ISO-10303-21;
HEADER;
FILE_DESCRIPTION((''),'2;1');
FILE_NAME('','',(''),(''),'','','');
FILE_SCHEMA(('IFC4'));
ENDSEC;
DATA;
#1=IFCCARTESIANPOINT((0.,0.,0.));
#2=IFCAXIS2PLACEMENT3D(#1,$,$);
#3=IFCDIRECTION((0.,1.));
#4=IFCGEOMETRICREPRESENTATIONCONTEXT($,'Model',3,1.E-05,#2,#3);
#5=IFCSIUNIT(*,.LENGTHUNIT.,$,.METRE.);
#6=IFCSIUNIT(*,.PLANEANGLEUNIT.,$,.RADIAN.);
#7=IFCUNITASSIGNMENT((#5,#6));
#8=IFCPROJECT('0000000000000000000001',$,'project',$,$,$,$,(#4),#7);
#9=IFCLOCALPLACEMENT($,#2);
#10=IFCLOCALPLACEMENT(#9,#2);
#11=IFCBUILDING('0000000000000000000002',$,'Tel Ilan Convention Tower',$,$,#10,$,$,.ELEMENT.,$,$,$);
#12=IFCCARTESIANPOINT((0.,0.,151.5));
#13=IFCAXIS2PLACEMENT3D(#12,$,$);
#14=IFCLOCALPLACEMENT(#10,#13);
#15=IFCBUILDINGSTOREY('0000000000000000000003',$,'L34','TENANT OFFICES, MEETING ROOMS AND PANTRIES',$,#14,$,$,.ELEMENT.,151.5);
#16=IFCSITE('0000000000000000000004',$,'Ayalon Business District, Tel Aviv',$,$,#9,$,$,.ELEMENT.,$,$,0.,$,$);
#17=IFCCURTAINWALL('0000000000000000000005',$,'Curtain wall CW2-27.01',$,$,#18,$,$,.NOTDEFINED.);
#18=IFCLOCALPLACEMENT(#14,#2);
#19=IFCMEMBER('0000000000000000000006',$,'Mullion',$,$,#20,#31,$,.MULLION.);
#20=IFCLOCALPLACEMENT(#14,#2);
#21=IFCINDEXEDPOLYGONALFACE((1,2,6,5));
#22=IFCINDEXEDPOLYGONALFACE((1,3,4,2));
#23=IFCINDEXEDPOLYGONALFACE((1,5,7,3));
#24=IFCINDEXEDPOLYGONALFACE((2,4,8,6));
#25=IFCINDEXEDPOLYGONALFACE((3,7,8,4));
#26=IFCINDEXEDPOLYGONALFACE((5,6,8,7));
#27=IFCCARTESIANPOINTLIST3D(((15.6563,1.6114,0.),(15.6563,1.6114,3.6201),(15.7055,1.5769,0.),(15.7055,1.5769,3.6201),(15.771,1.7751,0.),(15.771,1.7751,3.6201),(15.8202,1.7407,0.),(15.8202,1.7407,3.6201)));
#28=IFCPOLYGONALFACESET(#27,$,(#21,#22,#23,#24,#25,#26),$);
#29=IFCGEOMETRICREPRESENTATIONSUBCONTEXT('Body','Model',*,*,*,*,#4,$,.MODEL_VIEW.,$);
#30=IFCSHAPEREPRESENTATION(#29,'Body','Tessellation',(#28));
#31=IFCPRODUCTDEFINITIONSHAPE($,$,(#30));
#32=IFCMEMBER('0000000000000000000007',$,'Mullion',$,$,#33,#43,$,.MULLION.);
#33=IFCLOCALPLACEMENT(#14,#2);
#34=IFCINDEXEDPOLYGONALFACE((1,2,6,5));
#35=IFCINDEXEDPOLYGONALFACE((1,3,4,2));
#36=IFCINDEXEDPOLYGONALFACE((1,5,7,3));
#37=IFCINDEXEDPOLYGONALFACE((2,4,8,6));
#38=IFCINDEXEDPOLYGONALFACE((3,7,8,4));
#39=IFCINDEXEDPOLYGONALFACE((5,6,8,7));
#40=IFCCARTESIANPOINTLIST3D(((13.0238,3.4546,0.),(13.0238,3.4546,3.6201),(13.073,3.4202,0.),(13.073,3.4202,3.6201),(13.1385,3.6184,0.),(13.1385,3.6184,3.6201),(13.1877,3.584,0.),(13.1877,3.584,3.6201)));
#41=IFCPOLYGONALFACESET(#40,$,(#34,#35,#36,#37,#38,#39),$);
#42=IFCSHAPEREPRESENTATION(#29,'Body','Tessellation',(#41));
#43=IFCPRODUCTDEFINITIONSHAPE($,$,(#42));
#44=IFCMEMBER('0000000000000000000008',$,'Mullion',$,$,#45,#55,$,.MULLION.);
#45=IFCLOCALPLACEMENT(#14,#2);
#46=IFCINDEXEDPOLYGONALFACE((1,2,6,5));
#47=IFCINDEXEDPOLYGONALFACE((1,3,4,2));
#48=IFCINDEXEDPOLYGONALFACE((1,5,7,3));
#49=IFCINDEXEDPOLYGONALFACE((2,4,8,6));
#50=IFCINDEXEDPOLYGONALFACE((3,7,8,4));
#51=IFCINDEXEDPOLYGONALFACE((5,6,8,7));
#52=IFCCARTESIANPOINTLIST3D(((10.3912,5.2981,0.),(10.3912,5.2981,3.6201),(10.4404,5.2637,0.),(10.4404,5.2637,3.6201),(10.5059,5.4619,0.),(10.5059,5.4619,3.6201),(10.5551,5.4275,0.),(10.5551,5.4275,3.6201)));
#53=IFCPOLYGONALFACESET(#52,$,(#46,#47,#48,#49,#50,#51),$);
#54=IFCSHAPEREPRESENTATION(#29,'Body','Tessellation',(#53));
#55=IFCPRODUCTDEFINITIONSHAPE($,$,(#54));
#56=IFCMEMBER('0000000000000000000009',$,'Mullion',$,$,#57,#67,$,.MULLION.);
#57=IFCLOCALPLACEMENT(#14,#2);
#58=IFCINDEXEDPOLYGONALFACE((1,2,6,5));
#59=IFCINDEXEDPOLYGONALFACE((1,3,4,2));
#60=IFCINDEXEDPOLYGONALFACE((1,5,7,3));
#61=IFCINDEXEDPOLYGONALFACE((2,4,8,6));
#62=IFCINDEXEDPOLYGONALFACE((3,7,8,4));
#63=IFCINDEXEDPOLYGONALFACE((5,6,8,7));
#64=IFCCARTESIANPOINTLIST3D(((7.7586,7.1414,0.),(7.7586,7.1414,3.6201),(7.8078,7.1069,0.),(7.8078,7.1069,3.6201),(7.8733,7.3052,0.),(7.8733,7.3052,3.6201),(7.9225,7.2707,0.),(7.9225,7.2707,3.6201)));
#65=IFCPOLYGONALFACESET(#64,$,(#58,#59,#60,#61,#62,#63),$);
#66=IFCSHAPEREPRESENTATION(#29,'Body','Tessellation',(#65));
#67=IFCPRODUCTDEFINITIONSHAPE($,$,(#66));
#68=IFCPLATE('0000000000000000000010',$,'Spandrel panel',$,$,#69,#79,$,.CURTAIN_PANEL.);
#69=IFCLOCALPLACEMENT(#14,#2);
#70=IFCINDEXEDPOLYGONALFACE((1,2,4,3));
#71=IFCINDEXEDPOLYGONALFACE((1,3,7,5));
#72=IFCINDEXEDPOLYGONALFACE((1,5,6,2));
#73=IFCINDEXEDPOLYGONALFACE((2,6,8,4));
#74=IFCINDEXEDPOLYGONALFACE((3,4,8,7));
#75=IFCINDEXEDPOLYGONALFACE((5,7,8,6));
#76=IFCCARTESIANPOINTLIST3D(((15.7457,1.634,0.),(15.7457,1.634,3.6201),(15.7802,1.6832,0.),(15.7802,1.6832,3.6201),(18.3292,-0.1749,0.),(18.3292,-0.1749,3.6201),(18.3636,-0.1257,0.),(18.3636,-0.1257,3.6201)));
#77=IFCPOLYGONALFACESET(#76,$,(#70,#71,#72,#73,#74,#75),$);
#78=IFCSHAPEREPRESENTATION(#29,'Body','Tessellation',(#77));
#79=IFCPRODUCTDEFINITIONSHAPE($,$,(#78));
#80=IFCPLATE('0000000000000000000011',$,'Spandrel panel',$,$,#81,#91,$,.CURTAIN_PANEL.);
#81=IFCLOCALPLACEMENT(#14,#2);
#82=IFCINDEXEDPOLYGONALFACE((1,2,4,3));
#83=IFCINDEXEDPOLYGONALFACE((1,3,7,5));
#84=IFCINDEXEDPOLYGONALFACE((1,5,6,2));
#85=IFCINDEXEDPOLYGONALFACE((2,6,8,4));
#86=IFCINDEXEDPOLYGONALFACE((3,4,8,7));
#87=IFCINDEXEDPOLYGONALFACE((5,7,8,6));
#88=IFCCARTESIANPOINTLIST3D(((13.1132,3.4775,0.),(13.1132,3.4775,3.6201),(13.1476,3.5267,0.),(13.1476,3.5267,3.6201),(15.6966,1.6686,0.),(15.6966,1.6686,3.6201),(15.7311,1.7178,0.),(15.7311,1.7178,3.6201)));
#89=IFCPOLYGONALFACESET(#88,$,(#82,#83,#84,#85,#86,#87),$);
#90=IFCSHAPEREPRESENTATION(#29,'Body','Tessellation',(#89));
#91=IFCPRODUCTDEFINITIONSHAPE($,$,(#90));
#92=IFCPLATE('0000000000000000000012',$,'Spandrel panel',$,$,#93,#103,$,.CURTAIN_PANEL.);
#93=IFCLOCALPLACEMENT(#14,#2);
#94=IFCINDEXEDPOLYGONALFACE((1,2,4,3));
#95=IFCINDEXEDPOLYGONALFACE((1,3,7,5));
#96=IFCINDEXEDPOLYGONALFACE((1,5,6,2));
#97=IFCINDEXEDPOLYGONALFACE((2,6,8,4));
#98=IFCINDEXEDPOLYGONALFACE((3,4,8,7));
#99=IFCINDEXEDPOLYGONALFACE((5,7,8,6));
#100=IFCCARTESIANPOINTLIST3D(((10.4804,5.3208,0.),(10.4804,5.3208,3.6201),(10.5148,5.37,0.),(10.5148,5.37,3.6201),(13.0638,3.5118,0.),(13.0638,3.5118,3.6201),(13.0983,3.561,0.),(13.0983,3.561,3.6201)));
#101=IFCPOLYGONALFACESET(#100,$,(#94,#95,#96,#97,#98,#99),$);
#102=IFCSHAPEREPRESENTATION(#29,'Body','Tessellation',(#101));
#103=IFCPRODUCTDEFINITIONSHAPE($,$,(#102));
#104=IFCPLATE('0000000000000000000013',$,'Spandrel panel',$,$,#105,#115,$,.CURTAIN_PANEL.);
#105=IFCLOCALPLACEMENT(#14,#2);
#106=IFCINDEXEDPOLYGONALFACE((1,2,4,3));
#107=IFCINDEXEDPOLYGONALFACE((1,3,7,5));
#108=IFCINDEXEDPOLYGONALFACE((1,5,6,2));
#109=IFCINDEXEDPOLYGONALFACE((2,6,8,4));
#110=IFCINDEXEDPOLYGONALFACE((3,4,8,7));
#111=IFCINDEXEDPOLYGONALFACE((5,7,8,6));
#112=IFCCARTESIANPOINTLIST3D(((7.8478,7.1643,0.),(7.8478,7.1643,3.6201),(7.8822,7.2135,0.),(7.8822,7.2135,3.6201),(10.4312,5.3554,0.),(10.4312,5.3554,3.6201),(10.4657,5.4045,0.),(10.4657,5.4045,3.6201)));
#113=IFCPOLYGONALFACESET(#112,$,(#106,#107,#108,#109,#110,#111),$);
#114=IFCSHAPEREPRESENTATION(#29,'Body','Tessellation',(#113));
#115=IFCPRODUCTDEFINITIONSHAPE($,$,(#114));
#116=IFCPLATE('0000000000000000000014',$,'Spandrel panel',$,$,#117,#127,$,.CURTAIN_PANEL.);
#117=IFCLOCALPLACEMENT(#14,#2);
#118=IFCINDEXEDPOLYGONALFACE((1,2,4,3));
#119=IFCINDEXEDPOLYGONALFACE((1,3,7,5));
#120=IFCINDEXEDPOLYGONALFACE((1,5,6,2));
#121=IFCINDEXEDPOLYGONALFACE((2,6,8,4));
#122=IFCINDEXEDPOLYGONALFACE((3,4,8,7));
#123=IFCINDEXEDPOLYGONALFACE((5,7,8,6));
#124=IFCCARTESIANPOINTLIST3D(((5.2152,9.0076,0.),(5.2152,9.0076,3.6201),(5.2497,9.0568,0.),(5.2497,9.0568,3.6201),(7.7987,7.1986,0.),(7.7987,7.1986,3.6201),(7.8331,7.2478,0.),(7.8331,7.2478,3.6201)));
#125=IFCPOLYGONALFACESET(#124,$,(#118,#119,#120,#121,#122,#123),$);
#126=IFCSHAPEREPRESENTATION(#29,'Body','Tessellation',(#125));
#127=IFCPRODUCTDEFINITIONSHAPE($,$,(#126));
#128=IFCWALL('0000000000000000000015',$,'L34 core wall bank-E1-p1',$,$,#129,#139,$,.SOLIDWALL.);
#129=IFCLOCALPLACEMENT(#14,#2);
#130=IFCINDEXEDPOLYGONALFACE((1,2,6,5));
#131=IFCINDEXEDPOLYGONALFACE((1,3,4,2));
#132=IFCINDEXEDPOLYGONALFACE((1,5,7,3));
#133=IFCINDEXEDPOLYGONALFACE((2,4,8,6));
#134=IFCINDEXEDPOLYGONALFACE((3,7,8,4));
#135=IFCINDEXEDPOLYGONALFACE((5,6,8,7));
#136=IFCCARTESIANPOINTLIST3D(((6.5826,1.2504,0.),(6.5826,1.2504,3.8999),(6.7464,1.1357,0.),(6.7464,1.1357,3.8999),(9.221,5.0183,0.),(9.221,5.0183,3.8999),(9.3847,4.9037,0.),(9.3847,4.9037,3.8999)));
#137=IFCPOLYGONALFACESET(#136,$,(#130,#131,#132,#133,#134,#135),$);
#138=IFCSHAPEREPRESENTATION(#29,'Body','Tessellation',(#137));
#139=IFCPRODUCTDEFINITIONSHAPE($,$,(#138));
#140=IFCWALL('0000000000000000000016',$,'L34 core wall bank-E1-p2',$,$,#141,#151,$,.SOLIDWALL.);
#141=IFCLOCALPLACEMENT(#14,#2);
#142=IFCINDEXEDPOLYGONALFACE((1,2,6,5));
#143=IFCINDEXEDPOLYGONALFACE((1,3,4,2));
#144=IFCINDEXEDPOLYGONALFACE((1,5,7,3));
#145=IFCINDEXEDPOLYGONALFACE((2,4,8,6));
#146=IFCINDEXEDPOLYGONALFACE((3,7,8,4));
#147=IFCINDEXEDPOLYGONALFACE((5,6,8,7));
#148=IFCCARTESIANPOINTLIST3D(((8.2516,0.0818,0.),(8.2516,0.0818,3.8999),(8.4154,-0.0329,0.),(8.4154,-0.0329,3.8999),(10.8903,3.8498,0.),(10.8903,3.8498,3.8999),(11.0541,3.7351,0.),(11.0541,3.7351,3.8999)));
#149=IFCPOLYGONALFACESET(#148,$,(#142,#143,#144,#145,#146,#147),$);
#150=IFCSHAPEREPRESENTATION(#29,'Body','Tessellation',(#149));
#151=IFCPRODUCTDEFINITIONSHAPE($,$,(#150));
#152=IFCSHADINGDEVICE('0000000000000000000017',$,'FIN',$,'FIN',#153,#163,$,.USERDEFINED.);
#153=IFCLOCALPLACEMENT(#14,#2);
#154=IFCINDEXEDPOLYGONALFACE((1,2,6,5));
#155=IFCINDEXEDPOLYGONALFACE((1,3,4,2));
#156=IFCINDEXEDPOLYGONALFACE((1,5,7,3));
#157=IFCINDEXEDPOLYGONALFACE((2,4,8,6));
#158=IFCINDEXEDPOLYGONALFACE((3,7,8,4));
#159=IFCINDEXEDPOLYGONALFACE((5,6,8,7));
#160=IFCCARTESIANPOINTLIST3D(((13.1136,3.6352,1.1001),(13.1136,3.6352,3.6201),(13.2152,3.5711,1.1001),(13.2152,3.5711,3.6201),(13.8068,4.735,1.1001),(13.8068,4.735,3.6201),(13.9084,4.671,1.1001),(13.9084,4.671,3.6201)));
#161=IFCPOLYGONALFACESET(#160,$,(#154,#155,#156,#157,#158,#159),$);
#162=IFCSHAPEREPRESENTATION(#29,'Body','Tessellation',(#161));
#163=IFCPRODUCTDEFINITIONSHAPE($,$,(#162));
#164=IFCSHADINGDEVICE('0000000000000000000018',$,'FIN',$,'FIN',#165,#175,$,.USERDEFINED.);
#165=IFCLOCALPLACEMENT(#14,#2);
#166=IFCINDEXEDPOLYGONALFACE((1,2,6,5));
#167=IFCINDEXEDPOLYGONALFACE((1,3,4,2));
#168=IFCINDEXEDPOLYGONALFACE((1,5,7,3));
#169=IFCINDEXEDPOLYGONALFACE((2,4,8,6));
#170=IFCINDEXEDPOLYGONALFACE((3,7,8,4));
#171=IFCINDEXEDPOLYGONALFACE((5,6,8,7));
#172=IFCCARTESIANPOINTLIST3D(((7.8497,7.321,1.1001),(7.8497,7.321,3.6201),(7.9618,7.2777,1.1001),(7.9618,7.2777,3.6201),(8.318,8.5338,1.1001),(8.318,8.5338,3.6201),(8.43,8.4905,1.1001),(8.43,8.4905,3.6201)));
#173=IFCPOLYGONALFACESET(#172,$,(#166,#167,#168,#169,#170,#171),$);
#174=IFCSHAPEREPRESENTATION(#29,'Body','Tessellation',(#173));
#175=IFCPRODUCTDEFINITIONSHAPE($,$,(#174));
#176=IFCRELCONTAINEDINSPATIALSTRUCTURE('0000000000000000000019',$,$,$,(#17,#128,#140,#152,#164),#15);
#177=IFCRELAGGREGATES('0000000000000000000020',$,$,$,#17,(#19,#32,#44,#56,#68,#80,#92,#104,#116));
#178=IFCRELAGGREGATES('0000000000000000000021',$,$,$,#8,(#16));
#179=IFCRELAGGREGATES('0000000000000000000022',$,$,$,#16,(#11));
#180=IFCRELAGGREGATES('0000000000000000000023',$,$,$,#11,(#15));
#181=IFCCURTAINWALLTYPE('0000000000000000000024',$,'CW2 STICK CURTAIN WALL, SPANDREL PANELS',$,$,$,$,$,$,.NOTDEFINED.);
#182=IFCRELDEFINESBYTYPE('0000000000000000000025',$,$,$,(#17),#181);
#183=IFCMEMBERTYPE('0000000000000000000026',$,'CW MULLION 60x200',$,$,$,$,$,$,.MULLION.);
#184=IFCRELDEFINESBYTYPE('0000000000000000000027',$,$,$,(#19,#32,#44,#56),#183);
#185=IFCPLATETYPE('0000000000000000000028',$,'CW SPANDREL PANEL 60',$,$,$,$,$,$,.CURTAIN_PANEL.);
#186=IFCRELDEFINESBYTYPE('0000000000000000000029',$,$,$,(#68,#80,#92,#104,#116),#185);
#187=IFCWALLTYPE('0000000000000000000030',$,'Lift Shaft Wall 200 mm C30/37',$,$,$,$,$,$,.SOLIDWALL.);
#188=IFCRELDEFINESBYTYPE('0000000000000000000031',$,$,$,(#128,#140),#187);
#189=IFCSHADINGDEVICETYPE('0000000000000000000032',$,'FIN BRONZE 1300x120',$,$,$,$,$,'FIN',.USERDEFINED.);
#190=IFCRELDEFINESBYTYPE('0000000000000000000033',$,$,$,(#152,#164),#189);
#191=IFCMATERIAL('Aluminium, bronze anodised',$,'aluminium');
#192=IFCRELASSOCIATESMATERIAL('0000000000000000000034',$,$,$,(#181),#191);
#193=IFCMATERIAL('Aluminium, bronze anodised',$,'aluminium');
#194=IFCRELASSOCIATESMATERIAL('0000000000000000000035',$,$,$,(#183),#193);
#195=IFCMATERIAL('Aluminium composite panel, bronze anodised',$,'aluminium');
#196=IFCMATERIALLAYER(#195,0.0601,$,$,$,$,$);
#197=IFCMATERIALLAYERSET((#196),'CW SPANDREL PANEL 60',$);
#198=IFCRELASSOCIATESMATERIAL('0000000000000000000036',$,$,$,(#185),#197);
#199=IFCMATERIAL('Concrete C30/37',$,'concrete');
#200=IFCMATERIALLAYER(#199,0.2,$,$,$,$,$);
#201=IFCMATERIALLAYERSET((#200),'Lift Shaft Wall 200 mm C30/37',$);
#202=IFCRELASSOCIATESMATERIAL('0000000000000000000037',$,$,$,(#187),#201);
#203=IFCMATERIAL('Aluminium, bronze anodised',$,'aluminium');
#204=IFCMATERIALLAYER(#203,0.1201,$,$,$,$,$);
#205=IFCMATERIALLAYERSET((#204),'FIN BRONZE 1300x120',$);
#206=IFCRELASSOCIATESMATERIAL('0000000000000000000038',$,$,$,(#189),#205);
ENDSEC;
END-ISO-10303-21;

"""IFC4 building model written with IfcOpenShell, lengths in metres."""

from ifc_helpers import new_model, si_unit, direction, frame, frame_2d, origin, origin_2d, place, context, subcontext, project, spatial, rectangle, extrude, material, layer, layer_set, material_profile, profile_set, type_object, element, aggregate, save


model = new_model("IFC4")

# Units and contexts
model_context = context("Model", 3, precision=1e-05, world=origin(), true_north=direction((0.0, 1.0)))
body_context = subcontext(model_context, "Body", "Model", "MODEL_VIEW")
ifc_project = project(units=[si_unit("LENGTHUNIT", "METRE"), si_unit("PLANEANGLEUNIT", "RADIAN")], contexts=[model_context])

# Site, building, storey
site_placement = place(None, origin())
site = spatial("IfcSite", under=ifc_project, at=site_placement, Name="Ayalon Business District, Tel Aviv", CompositionType="ELEMENT", RefElevation=0.0)
building_placement = place(site_placement, origin())
building = spatial("IfcBuilding", under=site, at=building_placement, Name="Tel Ilan Convention Tower", CompositionType="ELEMENT")
storey_placement = place(building_placement, frame((0.0, 0.0, 151.5)))
storey = spatial("IfcBuildingStorey", under=building, at=storey_placement, Name="L34", Description="TENANT OFFICES, MEETING ROOMS AND PANTRIES", CompositionType="ELEMENT", Elevation=151.5)

# Curtain wall, members, plates
ifc_material_1 = material(Name="Aluminium, bronze anodised", Category="aluminium")
curtain_wall_type = type_object("IfcCurtainWallType", Name="CW2 STICK CURTAIN WALL, SPANDREL PANELS", PredefinedType="NOTDEFINED", material=ifc_material_1)
curtain_wall_placement = place(storey_placement, origin())
curtain_wall = element("IfcCurtainWall", 1, at=curtain_wall_placement, inside=storey, type_object=curtain_wall_type, Name="Curtain wall CW2-27.01", PredefinedType="NOTDEFINED")
ifc_material_2 = material(Name="Aluminium, bronze anodised", Category="aluminium")
ifc_material_profile = material_profile(ifc_material_2, rectangle(XDim=0.0601, YDim=0.2, at=origin_2d()), Name="CW MULLION 60x200")
ifc_profile_set = profile_set([ifc_material_profile], Name="Aluminium, bronze anodised")
member_type = type_object("IfcMemberType", Name="CW MULLION 60x200", PredefinedType="MULLION", material=ifc_profile_set)
member_1_placement = place(storey_placement, frame((15.7383, 1.676, 0.0), z_axis=(0.0, 0.0, 1.0), x_axis=(-0.819152, 0.573576, 0.0)))
member_1 = element("IfcMember", 2, at=member_1_placement, type_object=member_type, Name="Mullion", PredefinedType="MULLION", context=body_context, shape_type="SweptSolid", body=[
    extrude(rectangle(XDim=0.0601, YDim=0.2, at=origin_2d()), origin(), (0.0, 0.0, 1.0), 3.6201),
])
member_2_placement = place(storey_placement, frame((13.1057, 3.5193, 0.0), z_axis=(0.0, 0.0, 1.0), x_axis=(-0.819152, 0.573576, 0.0)))
member_2 = element("IfcMember", 3, at=member_2_placement, type_object=member_type, Name="Mullion", PredefinedType="MULLION", context=body_context, shape_type="SweptSolid", body=[
    extrude(rectangle(XDim=0.0601, YDim=0.2, at=origin_2d()), origin(), (0.0, 0.0, 1.0), 3.6201),
])
member_3_placement = place(storey_placement, frame((10.4731, 5.3628, 0.0), z_axis=(0.0, 0.0, 1.0), x_axis=(-0.819152, 0.573576, 0.0)))
member_3 = element("IfcMember", 4, at=member_3_placement, type_object=member_type, Name="Mullion", PredefinedType="MULLION", context=body_context, shape_type="SweptSolid", body=[
    extrude(rectangle(XDim=0.0601, YDim=0.2, at=origin_2d()), origin(), (0.0, 0.0, 1.0), 3.6201),
])
member_4_placement = place(storey_placement, frame((7.8406, 7.2061, 0.0), z_axis=(0.0, 0.0, 1.0), x_axis=(-0.819152, 0.573576, 0.0)))
member_4 = element("IfcMember", 5, at=member_4_placement, type_object=member_type, Name="Mullion", PredefinedType="MULLION", context=body_context, shape_type="SweptSolid", body=[
    extrude(rectangle(XDim=0.0601, YDim=0.2, at=origin_2d()), origin(), (0.0, 0.0, 1.0), 3.6201),
])
ifc_material_3 = material(Name="Aluminium composite panel, bronze anodised", Category="aluminium")
ifc_layer_1 = layer(ifc_material_3, 0.0601)
ifc_layer_set_1 = layer_set([ifc_layer_1], Name="CW SPANDREL PANEL 60")
plate_type = type_object("IfcPlateType", Name="CW SPANDREL PANEL 60", PredefinedType="CURTAIN_PANEL", material=ifc_layer_set_1)
plate_1_placement = place(storey_placement, frame((17.0547, 0.7542, 0.0), z_axis=(0.0, 0.0, 1.0), x_axis=(-0.819152, 0.573576, 0.0)))
plate_1 = element("IfcPlate", 6, at=plate_1_placement, type_object=plate_type, Name="Spandrel panel", PredefinedType="CURTAIN_PANEL", context=body_context, shape_type="SweptSolid", body=[
    extrude(rectangle(XDim=3.1538, YDim=0.0601, at=origin_2d()), origin(), (0.0, 0.0, 1.0), 3.6201),
])
plate_2_placement = place(storey_placement, frame((14.4221, 2.5977, 0.0), z_axis=(0.0, 0.0, 1.0), x_axis=(-0.819152, 0.573576, 0.0)))
plate_2 = element("IfcPlate", 7, at=plate_2_placement, type_object=plate_type, Name="Spandrel panel", PredefinedType="CURTAIN_PANEL", context=body_context, shape_type="SweptSolid", body=[
    extrude(rectangle(XDim=3.1538, YDim=0.0601, at=origin_2d()), origin(), (0.0, 0.0, 1.0), 3.6201),
])
plate_3_placement = place(storey_placement, frame((11.7893, 4.4409, 0.0), z_axis=(0.0, 0.0, 1.0), x_axis=(-0.819152, 0.573576, 0.0)))
plate_3 = element("IfcPlate", 8, at=plate_3_placement, type_object=plate_type, Name="Spandrel panel", PredefinedType="CURTAIN_PANEL", context=body_context, shape_type="SweptSolid", body=[
    extrude(rectangle(XDim=3.1538, YDim=0.0601, at=origin_2d()), origin(), (0.0, 0.0, 1.0), 3.6201),
])
plate_4_placement = place(storey_placement, frame((9.1567, 6.2844, 0.0), z_axis=(0.0, 0.0, 1.0), x_axis=(-0.819152, 0.573576, 0.0)))
plate_4 = element("IfcPlate", 9, at=plate_4_placement, type_object=plate_type, Name="Spandrel panel", PredefinedType="CURTAIN_PANEL", context=body_context, shape_type="SweptSolid", body=[
    extrude(rectangle(XDim=3.1538, YDim=0.0601, at=origin_2d()), origin(), (0.0, 0.0, 1.0), 3.6201),
])
plate_5_placement = place(storey_placement, frame((6.5242, 8.1277, 0.0), z_axis=(0.0, 0.0, 1.0), x_axis=(-0.819152, 0.573576, 0.0)))
plate_5 = element("IfcPlate", 10, at=plate_5_placement, type_object=plate_type, Name="Spandrel panel", PredefinedType="CURTAIN_PANEL", context=body_context, shape_type="SweptSolid", body=[
    extrude(rectangle(XDim=3.1538, YDim=0.0601, at=origin_2d()), origin(), (0.0, 0.0, 1.0), 3.6201),
])
aggregate(curtain_wall, [member_1, member_2, member_3, member_4, plate_1, plate_2, plate_3, plate_4, plate_5])

# Walls
ifc_material_4 = material(Name="Concrete C30/37", Category="concrete")
ifc_layer_2 = layer(ifc_material_4, 0.2)
ifc_layer_set_2 = layer_set([ifc_layer_2], Name="Lift Shaft Wall 200 mm C30/37")
wall_type = type_object("IfcWallType", Name="Lift Shaft Wall 200 mm C30/37", PredefinedType="SOLIDWALL", material=ifc_layer_set_2)
wall_1_placement = place(storey_placement, frame((6.6646, 1.1931, 0.0), z_axis=(0.0, 0.0, 1.0), x_axis=(0.573576, 0.819152, 0.0)))
element("IfcWall", 11, at=wall_1_placement, inside=storey, type_object=wall_type, Name="L34 core wall bank-E1-p1", PredefinedType="SOLIDWALL", context=body_context, shape_type="SweptSolid", body=[
    extrude(rectangle(XDim=4.5999, YDim=0.2, at=frame_2d((2.2998, 0.0))), origin(), (0.0, 0.0, 1.0), 3.8999),
])
wall_2_placement = place(storey_placement, frame((8.3335, 0.0244, 0.0), z_axis=(0.0, 0.0, 1.0), x_axis=(0.573612, 0.819127, 0.0)))
element("IfcWall", 12, at=wall_2_placement, inside=storey, type_object=wall_type, Name="L34 core wall bank-E1-p2", PredefinedType="SOLIDWALL", context=body_context, shape_type="SweptSolid", body=[
    extrude(rectangle(XDim=4.6001, YDim=0.2, at=frame_2d((2.3, 0.0))), origin(), (0.0, 0.0, 1.0), 3.8999),
])

# Shading devices
ifc_material_5 = material(Name="Aluminium, bronze anodised", Category="aluminium")
ifc_layer_3 = layer(ifc_material_5, 0.1201)
ifc_layer_set_3 = layer_set([ifc_layer_3], Name="FIN BRONZE 1300x120")
shading_device_type = type_object("IfcShadingDeviceType", Name="FIN BRONZE 1300x120", ElementType="FIN", PredefinedType="USERDEFINED", material=ifc_layer_set_3)
for number, where, z_axis, x_axis, name in (
    (13, (13.511, 4.1531, 1.1001), (0.0, 0.0, 1.0), (0.533204, 0.845986, 0.0), "FIN"),
    (14, (8.1399, 7.9058, 1.1001), (0.0, 0.0, 1.0), (0.360178, 0.932884, 0.0), "FIN"),
):
    element("IfcShadingDevice", number, at=place(storey_placement, frame(where, z_axis=z_axis, x_axis=x_axis)), inside=storey, type_object=shading_device_type, Name=name, ObjectType="FIN", PredefinedType="USERDEFINED", context=body_context, shape_type="SweptSolid", body=[
        extrude(rectangle(XDim=1.3, YDim=0.1201, at=origin_2d()), origin(), (0.0, 0.0, 1.0), 2.52),
    ])

save(model, "model.ifc")
